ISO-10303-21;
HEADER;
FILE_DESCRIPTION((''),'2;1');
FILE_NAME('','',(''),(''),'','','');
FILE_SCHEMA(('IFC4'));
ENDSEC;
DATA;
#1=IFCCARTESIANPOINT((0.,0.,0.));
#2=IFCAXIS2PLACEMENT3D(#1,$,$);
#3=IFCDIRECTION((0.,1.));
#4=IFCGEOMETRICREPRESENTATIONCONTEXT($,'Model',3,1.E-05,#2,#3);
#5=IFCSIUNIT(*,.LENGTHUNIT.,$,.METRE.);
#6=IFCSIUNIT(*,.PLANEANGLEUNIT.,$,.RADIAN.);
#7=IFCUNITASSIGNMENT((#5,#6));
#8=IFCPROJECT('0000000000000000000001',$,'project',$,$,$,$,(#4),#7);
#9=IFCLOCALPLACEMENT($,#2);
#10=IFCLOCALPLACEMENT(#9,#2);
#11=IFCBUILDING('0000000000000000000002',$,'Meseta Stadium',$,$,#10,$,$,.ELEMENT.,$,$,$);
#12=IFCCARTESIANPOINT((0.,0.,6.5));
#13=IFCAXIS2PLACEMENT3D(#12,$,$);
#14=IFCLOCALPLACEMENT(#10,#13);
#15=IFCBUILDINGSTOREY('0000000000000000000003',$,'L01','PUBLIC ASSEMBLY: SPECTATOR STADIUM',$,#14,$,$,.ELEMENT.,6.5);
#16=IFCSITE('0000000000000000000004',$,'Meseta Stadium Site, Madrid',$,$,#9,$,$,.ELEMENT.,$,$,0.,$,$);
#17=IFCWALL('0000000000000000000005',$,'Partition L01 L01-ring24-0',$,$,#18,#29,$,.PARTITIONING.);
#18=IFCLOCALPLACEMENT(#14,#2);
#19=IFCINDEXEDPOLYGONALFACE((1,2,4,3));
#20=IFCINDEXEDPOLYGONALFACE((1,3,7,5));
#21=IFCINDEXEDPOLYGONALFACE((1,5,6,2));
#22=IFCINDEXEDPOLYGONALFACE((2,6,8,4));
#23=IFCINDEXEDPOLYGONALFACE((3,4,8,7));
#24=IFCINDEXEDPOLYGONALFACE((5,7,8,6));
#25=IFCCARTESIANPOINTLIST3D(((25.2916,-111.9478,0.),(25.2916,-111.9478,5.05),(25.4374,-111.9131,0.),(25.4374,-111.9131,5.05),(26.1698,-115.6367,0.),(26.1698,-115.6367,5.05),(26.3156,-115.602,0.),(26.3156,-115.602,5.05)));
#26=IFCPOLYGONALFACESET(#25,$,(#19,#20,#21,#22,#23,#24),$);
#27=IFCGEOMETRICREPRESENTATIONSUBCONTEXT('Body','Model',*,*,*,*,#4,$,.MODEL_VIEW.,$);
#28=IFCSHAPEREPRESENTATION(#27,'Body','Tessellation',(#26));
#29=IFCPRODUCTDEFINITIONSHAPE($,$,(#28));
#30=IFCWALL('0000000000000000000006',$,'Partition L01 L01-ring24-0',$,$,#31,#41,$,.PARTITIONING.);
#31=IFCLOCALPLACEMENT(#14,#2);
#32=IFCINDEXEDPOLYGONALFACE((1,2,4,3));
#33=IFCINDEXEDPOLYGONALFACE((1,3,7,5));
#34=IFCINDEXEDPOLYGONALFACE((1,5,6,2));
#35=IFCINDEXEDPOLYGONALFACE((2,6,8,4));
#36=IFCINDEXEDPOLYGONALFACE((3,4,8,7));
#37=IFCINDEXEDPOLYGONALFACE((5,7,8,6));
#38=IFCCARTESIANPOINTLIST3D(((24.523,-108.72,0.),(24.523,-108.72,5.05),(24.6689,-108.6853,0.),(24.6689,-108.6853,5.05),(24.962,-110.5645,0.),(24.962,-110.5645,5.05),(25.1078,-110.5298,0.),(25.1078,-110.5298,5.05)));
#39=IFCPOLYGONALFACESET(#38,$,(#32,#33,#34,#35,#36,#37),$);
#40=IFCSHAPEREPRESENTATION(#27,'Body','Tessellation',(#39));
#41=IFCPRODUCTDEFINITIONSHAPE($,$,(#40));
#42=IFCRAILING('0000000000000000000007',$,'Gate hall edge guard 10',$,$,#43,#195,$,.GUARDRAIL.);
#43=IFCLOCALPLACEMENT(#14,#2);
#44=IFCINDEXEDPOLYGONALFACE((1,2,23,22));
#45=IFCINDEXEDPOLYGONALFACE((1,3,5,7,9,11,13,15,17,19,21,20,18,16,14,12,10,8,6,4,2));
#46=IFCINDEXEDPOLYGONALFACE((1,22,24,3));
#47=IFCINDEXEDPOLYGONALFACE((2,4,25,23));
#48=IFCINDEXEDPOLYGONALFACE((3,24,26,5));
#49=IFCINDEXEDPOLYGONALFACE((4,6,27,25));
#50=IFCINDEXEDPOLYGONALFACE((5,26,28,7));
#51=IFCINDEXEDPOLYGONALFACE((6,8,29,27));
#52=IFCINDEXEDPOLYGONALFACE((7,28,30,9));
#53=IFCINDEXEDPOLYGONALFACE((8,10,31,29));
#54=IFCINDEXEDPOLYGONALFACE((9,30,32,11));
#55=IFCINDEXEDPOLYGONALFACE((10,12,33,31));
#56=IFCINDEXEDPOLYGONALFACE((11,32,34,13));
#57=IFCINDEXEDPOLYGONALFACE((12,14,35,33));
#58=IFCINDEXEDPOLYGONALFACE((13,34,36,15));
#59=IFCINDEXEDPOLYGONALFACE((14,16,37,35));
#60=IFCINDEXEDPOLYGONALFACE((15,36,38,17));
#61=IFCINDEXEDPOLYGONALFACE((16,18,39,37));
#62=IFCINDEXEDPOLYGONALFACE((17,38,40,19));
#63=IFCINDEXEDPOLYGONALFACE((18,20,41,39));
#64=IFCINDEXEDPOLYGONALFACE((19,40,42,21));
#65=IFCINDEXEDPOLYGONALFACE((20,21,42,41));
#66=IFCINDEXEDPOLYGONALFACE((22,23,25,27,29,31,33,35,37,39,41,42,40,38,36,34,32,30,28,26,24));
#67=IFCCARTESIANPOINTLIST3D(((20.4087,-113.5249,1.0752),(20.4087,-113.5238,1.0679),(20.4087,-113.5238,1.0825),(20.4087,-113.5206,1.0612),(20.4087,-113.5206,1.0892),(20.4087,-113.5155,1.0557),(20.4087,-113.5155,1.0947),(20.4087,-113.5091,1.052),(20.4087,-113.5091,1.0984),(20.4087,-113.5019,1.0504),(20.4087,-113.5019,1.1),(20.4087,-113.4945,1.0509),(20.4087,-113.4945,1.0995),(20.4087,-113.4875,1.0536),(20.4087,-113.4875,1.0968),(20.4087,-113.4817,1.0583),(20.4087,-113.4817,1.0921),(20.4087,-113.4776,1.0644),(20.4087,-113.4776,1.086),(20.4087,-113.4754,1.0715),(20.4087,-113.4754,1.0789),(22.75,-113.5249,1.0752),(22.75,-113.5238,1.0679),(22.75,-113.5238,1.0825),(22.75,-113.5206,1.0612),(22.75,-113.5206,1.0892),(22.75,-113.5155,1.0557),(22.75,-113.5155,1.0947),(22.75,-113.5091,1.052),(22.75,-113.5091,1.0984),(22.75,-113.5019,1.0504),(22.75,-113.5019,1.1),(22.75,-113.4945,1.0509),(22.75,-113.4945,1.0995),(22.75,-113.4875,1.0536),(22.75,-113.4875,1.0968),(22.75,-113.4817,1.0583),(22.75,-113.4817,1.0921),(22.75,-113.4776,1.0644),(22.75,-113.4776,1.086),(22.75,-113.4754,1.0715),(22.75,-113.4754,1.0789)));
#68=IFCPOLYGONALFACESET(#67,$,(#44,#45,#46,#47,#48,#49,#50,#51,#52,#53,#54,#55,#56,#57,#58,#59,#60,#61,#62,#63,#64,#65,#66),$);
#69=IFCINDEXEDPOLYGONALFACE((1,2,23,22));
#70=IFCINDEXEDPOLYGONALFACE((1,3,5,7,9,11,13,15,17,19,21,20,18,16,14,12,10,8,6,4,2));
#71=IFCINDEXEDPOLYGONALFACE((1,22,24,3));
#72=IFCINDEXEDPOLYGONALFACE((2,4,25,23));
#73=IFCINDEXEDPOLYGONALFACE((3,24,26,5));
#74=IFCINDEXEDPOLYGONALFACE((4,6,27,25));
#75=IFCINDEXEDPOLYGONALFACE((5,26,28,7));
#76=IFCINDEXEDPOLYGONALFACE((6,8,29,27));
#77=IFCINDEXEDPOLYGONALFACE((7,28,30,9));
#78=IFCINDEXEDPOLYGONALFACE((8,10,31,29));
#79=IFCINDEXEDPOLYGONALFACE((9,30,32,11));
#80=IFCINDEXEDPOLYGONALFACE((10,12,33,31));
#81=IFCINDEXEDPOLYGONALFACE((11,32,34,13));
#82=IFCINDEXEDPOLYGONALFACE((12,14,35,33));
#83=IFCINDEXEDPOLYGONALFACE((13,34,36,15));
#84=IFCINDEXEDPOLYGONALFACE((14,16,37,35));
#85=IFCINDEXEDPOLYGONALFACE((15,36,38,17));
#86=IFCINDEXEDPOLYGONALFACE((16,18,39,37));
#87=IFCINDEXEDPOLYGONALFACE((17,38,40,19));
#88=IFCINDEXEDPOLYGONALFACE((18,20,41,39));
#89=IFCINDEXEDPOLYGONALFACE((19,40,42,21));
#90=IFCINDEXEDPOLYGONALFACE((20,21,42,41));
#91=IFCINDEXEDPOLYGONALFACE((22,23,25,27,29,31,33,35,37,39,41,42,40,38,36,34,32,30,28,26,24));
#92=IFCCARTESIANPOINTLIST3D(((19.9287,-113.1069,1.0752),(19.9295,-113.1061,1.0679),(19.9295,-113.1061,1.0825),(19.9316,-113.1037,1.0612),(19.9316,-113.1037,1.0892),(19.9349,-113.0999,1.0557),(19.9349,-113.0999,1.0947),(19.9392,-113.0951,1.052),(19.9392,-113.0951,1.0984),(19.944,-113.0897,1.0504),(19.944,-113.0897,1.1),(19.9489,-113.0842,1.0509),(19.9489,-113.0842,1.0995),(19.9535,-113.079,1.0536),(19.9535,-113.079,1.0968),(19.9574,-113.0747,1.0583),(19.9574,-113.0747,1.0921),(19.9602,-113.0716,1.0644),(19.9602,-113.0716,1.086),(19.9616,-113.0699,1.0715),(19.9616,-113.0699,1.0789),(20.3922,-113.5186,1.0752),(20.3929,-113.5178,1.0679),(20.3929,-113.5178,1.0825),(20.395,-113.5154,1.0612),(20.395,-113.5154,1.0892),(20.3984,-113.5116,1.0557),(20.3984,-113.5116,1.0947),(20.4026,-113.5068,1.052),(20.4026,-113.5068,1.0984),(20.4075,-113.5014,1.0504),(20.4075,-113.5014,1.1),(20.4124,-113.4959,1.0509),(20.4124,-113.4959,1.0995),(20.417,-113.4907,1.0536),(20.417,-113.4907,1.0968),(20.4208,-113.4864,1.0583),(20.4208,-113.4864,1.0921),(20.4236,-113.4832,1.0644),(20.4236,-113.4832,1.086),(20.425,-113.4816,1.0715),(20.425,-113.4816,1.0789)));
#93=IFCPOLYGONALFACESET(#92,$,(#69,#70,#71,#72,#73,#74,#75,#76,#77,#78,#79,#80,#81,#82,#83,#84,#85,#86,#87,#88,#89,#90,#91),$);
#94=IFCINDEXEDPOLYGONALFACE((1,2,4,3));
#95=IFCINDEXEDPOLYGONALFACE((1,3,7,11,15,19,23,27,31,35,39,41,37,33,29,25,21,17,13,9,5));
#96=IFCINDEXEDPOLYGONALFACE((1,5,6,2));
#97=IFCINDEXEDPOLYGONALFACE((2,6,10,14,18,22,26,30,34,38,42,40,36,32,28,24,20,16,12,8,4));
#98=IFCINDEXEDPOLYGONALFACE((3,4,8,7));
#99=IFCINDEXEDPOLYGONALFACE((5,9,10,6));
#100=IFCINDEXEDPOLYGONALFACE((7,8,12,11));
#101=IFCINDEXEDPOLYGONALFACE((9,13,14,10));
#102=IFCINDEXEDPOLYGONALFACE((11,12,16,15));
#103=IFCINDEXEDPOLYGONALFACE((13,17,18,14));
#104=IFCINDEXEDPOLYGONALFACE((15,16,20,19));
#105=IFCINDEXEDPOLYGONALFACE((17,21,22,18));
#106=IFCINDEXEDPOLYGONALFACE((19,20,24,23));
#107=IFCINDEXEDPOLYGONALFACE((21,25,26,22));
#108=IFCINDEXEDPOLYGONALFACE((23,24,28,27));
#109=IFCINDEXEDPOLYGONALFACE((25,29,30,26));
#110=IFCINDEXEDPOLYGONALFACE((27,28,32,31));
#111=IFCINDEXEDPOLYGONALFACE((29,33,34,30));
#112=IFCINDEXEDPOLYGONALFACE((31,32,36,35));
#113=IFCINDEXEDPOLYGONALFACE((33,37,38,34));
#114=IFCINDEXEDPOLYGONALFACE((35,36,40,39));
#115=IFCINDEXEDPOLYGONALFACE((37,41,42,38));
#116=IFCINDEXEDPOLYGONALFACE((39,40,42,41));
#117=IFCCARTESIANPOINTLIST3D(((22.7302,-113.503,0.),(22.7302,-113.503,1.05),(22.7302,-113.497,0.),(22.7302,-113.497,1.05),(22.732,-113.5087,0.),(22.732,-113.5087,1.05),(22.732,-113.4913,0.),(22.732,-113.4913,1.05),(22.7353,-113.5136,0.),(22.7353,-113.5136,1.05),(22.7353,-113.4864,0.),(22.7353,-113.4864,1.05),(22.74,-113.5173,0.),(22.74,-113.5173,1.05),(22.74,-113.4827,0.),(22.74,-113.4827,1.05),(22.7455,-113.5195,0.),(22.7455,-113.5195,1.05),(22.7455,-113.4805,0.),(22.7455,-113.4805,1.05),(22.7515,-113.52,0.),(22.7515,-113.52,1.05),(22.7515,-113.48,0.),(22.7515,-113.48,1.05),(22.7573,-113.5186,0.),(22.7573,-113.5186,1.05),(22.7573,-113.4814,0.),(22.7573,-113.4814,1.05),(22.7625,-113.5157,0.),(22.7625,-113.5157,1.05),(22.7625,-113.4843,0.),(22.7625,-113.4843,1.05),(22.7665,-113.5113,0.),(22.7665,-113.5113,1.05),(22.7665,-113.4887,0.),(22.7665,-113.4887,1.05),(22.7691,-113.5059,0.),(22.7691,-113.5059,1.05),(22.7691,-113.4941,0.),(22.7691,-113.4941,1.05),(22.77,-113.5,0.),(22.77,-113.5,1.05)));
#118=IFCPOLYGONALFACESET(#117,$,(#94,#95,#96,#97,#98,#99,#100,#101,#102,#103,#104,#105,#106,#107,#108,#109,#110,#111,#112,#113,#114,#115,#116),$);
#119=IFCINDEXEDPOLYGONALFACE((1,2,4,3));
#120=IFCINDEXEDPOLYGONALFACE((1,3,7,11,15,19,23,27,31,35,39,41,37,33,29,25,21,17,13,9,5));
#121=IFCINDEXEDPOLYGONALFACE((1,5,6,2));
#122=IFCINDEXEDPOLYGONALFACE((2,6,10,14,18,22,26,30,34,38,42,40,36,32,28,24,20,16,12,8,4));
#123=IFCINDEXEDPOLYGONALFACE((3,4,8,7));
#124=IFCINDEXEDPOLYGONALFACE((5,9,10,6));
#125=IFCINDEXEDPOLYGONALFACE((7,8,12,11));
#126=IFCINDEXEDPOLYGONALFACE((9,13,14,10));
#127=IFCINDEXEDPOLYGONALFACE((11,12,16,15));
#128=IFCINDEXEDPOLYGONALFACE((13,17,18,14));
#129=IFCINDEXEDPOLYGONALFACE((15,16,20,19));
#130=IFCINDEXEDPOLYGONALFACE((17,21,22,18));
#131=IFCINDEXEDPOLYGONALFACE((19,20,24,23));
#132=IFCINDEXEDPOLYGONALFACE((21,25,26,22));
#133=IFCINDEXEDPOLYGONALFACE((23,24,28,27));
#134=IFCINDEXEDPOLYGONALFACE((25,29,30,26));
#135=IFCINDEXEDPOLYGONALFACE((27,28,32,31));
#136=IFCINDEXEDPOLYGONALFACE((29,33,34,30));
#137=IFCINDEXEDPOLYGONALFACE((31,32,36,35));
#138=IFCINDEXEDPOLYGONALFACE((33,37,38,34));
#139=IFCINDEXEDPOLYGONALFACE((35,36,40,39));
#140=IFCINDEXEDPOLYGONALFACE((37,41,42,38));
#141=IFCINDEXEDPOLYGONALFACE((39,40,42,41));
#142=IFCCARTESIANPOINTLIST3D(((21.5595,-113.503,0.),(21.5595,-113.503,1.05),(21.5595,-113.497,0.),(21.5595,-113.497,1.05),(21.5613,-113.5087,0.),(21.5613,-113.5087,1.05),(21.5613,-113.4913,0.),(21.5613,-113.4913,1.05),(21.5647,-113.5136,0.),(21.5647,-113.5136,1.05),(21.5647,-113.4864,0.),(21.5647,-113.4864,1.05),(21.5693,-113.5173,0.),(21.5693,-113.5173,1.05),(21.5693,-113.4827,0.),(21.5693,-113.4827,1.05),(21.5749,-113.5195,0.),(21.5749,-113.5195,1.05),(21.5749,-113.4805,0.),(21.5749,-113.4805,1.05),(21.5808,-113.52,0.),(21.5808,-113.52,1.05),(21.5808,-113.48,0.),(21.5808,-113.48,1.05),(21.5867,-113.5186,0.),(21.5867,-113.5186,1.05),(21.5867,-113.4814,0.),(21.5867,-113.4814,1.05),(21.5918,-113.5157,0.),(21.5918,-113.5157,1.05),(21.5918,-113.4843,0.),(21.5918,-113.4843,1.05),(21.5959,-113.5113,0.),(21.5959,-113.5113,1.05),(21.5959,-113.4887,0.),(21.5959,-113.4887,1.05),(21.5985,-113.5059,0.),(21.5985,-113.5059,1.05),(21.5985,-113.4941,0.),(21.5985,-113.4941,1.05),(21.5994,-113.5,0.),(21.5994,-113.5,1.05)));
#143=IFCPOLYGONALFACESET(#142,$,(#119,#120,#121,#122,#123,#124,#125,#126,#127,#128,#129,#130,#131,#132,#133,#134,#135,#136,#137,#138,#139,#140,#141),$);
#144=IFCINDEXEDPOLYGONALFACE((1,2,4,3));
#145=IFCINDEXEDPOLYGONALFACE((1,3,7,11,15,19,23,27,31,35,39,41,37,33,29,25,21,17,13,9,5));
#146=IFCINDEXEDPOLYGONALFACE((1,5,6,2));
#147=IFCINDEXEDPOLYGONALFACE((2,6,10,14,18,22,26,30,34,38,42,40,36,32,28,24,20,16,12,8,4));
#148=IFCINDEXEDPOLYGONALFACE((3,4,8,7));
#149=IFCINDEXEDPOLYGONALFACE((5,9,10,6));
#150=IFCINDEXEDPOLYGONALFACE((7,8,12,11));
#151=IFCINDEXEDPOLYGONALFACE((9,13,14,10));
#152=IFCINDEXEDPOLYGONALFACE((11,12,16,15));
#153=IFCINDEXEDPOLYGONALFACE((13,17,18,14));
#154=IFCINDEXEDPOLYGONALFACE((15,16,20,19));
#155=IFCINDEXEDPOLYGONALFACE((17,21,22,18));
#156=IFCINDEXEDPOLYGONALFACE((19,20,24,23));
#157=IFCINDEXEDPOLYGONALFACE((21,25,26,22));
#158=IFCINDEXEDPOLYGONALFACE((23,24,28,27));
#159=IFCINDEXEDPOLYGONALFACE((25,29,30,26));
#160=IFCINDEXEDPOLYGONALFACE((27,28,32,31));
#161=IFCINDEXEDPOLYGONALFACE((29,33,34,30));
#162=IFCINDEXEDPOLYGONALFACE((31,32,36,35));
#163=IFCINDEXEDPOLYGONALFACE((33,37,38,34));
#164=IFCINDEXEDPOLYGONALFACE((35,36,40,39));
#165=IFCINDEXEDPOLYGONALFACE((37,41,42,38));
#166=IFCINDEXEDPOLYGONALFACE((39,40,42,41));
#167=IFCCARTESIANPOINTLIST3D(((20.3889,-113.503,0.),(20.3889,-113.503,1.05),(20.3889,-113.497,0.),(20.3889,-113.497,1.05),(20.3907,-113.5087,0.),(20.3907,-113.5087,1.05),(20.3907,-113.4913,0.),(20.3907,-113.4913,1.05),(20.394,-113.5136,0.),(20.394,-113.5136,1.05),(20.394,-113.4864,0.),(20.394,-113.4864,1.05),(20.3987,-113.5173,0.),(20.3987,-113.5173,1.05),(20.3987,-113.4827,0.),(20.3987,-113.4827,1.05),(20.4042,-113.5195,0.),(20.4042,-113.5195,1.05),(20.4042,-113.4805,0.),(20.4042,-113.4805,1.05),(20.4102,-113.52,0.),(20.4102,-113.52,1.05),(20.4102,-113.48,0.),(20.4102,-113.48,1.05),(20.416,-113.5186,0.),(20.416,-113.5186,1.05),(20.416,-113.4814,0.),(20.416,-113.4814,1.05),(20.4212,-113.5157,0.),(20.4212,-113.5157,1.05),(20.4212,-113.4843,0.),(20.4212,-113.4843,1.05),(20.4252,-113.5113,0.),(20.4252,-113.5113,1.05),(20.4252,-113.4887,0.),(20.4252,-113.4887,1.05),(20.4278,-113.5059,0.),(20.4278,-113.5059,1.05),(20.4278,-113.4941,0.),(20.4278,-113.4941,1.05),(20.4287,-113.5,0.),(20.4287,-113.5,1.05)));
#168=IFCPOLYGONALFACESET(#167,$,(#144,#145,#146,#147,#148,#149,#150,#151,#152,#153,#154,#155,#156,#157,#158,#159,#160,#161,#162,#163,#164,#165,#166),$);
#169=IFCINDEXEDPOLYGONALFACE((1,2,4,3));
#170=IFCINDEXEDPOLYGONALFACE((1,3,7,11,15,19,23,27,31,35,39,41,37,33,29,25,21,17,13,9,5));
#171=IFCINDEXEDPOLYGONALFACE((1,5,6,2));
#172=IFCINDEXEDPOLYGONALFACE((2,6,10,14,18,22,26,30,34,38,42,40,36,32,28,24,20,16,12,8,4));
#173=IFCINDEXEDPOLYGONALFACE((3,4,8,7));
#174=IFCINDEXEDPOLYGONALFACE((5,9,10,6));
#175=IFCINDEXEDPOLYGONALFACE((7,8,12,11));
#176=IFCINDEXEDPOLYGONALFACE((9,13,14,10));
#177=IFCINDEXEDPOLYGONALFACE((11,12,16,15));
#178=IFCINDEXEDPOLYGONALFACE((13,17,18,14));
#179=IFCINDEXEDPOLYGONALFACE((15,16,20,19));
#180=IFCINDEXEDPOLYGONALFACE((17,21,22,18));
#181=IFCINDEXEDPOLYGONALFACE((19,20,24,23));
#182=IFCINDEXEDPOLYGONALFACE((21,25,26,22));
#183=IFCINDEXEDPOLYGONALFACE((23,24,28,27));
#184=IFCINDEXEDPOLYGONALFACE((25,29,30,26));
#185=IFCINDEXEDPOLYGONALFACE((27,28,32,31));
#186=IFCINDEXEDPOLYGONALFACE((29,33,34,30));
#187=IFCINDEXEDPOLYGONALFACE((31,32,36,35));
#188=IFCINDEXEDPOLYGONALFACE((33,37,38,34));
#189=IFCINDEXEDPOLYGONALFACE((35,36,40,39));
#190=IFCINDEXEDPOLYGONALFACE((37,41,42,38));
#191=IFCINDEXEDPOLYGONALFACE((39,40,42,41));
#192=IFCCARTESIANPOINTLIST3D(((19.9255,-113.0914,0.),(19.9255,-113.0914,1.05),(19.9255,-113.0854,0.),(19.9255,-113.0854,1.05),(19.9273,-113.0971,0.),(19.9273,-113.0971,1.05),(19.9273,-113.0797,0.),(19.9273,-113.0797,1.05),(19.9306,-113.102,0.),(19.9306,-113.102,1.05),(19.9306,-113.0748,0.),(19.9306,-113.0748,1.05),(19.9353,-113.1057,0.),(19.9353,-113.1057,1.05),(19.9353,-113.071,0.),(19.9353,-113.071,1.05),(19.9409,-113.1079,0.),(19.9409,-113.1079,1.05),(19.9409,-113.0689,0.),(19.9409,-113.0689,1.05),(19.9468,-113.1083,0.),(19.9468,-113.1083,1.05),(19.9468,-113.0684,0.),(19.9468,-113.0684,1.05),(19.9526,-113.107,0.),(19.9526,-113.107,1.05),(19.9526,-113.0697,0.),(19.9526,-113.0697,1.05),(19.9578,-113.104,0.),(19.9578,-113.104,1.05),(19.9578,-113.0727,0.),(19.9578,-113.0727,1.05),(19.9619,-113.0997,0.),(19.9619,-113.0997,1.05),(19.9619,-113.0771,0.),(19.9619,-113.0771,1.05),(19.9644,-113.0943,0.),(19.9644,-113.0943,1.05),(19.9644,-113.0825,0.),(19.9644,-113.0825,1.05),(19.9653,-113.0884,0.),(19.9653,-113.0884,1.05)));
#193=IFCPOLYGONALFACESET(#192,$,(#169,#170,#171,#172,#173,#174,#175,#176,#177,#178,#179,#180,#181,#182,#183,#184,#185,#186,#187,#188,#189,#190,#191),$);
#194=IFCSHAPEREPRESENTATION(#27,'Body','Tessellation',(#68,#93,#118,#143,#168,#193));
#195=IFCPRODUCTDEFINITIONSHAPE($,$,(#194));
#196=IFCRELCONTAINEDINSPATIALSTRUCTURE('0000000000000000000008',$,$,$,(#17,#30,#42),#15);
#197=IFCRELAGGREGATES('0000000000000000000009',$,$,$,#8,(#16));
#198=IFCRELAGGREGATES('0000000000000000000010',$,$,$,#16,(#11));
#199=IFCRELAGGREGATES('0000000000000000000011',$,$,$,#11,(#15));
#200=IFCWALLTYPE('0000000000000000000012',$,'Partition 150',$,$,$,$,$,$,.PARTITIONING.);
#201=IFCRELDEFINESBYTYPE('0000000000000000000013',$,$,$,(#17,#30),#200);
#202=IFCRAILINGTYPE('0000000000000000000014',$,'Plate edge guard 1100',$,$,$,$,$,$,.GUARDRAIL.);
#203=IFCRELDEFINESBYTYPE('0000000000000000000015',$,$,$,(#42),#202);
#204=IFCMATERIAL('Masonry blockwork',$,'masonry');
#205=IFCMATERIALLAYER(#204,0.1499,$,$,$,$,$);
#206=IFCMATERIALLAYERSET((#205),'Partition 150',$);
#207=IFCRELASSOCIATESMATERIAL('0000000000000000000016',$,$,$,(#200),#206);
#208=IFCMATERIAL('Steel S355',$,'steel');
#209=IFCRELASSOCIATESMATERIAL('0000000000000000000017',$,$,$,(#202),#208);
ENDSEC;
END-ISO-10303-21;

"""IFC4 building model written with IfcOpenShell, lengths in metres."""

from ifc_helpers import new_model, si_unit, direction, frame, frame_2d, origin, origin_2d, place, context, subcontext, project, spatial, rectangle, circle, extrude, material, layer, layer_set, type_object, element, save


model = new_model("IFC4")

# Units and contexts
model_context = context("Model", 3, precision=1e-05, world=origin(), true_north=direction((0.0, 1.0)))
body_context = subcontext(model_context, "Body", "Model", "MODEL_VIEW")
ifc_project = project(units=[si_unit("LENGTHUNIT", "METRE"), si_unit("PLANEANGLEUNIT", "RADIAN")], contexts=[model_context])

# Site, building, storey
site_placement = place(None, origin())
site = spatial("IfcSite", under=ifc_project, at=site_placement, Name="Meseta Stadium Site, Madrid", CompositionType="ELEMENT", RefElevation=0.0)
building_placement = place(site_placement, origin())
building = spatial("IfcBuilding", under=site, at=building_placement, Name="Meseta Stadium", CompositionType="ELEMENT")
storey_placement = place(building_placement, frame((0.0, 0.0, 6.5)))
storey = spatial("IfcBuildingStorey", under=building, at=storey_placement, Name="L01", Description="PUBLIC ASSEMBLY: SPECTATOR STADIUM", CompositionType="ELEMENT", Elevation=6.5)

# Walls
ifc_material_1 = material(Name="Masonry blockwork", Category="masonry")
ifc_layer_1 = layer(ifc_material_1, 0.1499)
ifc_layer_set_1 = layer_set([ifc_layer_1], Name="Partition 150")
wall_type = type_object("IfcWallType", Name="Partition 150", PredefinedType="PARTITIONING", material=ifc_layer_set_1)
wall_1_placement = place(storey_placement, frame((26.2427, -115.6194, 0.0), z_axis=(0.0, 0.0, 1.0), x_axis=(-0.231583, 0.972815, 0.0)))
element("IfcWall", 1, at=wall_1_placement, inside=storey, type_object=wall_type, Name="Partition L01 L01-ring24-0", PredefinedType="PARTITIONING", context=body_context, shape_type="SweptSolid", body=[
    extrude(rectangle(XDim=3.792, YDim=0.1499, at=frame_2d((1.896, 0.0))), origin(), (0.0, 0.0, 1.0), 5.05),
])
wall_2_placement = place(storey_placement, frame((25.0349, -110.5471, 0.0), z_axis=(0.0, 0.0, 1.0), x_axis=(-0.231522, 0.97283, 0.0)))
element("IfcWall", 2, at=wall_2_placement, inside=storey, type_object=wall_type, Name="Partition L01 L01-ring24-0", PredefinedType="PARTITIONING", context=body_context, shape_type="SweptSolid", body=[
    extrude(rectangle(XDim=1.896, YDim=0.1499, at=frame_2d((0.948, 0.0))), origin(), (0.0, 0.0, 1.0), 5.05),
])

# Railing
ifc_material_2 = material(Name="Steel S355", Category="steel")
railing_type = type_object("IfcRailingType", Name="Plate edge guard 1100", PredefinedType="GUARDRAIL", material=ifc_material_2)
railing_placement = place(storey_placement, frame((22.75, -113.5, 0.0)))
element("IfcRailing", 3, at=railing_placement, inside=storey, type_object=railing_type, Name="Gate hall edge guard 10", PredefinedType="GUARDRAIL", context=body_context, shape_type="SweptSolid", body=[
    extrude(circle(Radius=0.0249, at=origin_2d()), frame((0.0, 0.0, 1.0752), z_axis=(-1.0, 0.0, 0.0), x_axis=(0.0, -1.0, 0.0)), (0.0, 0.0, 1.0), 2.3413),
    extrude(circle(Radius=0.0249, at=origin_2d()), frame((-2.3413, 0.0, 1.0752), z_axis=(-0.747627, 0.664119, 0.0), x_axis=(-0.664119, -0.747627, 0.0)), (0.0, 0.0, 1.0), 0.6199),
    extrude(circle(Radius=0.02, at=origin_2d()), origin(), (0.0, 0.0, 1.0), 1.05),
    extrude(circle(Radius=0.02, at=origin_2d()), frame((-1.1707, 0.0, 0.0)), (0.0, 0.0, 1.0), 1.05),
    extrude(circle(Radius=0.02, at=origin_2d()), frame((-2.3413, 0.0, 0.0)), (0.0, 0.0, 1.0), 1.05),
    extrude(circle(Radius=0.02, at=origin_2d()), frame((-2.8047, 0.4116, 0.0)), (0.0, 0.0, 1.0), 1.05),
])

save(model, "model.ifc")
